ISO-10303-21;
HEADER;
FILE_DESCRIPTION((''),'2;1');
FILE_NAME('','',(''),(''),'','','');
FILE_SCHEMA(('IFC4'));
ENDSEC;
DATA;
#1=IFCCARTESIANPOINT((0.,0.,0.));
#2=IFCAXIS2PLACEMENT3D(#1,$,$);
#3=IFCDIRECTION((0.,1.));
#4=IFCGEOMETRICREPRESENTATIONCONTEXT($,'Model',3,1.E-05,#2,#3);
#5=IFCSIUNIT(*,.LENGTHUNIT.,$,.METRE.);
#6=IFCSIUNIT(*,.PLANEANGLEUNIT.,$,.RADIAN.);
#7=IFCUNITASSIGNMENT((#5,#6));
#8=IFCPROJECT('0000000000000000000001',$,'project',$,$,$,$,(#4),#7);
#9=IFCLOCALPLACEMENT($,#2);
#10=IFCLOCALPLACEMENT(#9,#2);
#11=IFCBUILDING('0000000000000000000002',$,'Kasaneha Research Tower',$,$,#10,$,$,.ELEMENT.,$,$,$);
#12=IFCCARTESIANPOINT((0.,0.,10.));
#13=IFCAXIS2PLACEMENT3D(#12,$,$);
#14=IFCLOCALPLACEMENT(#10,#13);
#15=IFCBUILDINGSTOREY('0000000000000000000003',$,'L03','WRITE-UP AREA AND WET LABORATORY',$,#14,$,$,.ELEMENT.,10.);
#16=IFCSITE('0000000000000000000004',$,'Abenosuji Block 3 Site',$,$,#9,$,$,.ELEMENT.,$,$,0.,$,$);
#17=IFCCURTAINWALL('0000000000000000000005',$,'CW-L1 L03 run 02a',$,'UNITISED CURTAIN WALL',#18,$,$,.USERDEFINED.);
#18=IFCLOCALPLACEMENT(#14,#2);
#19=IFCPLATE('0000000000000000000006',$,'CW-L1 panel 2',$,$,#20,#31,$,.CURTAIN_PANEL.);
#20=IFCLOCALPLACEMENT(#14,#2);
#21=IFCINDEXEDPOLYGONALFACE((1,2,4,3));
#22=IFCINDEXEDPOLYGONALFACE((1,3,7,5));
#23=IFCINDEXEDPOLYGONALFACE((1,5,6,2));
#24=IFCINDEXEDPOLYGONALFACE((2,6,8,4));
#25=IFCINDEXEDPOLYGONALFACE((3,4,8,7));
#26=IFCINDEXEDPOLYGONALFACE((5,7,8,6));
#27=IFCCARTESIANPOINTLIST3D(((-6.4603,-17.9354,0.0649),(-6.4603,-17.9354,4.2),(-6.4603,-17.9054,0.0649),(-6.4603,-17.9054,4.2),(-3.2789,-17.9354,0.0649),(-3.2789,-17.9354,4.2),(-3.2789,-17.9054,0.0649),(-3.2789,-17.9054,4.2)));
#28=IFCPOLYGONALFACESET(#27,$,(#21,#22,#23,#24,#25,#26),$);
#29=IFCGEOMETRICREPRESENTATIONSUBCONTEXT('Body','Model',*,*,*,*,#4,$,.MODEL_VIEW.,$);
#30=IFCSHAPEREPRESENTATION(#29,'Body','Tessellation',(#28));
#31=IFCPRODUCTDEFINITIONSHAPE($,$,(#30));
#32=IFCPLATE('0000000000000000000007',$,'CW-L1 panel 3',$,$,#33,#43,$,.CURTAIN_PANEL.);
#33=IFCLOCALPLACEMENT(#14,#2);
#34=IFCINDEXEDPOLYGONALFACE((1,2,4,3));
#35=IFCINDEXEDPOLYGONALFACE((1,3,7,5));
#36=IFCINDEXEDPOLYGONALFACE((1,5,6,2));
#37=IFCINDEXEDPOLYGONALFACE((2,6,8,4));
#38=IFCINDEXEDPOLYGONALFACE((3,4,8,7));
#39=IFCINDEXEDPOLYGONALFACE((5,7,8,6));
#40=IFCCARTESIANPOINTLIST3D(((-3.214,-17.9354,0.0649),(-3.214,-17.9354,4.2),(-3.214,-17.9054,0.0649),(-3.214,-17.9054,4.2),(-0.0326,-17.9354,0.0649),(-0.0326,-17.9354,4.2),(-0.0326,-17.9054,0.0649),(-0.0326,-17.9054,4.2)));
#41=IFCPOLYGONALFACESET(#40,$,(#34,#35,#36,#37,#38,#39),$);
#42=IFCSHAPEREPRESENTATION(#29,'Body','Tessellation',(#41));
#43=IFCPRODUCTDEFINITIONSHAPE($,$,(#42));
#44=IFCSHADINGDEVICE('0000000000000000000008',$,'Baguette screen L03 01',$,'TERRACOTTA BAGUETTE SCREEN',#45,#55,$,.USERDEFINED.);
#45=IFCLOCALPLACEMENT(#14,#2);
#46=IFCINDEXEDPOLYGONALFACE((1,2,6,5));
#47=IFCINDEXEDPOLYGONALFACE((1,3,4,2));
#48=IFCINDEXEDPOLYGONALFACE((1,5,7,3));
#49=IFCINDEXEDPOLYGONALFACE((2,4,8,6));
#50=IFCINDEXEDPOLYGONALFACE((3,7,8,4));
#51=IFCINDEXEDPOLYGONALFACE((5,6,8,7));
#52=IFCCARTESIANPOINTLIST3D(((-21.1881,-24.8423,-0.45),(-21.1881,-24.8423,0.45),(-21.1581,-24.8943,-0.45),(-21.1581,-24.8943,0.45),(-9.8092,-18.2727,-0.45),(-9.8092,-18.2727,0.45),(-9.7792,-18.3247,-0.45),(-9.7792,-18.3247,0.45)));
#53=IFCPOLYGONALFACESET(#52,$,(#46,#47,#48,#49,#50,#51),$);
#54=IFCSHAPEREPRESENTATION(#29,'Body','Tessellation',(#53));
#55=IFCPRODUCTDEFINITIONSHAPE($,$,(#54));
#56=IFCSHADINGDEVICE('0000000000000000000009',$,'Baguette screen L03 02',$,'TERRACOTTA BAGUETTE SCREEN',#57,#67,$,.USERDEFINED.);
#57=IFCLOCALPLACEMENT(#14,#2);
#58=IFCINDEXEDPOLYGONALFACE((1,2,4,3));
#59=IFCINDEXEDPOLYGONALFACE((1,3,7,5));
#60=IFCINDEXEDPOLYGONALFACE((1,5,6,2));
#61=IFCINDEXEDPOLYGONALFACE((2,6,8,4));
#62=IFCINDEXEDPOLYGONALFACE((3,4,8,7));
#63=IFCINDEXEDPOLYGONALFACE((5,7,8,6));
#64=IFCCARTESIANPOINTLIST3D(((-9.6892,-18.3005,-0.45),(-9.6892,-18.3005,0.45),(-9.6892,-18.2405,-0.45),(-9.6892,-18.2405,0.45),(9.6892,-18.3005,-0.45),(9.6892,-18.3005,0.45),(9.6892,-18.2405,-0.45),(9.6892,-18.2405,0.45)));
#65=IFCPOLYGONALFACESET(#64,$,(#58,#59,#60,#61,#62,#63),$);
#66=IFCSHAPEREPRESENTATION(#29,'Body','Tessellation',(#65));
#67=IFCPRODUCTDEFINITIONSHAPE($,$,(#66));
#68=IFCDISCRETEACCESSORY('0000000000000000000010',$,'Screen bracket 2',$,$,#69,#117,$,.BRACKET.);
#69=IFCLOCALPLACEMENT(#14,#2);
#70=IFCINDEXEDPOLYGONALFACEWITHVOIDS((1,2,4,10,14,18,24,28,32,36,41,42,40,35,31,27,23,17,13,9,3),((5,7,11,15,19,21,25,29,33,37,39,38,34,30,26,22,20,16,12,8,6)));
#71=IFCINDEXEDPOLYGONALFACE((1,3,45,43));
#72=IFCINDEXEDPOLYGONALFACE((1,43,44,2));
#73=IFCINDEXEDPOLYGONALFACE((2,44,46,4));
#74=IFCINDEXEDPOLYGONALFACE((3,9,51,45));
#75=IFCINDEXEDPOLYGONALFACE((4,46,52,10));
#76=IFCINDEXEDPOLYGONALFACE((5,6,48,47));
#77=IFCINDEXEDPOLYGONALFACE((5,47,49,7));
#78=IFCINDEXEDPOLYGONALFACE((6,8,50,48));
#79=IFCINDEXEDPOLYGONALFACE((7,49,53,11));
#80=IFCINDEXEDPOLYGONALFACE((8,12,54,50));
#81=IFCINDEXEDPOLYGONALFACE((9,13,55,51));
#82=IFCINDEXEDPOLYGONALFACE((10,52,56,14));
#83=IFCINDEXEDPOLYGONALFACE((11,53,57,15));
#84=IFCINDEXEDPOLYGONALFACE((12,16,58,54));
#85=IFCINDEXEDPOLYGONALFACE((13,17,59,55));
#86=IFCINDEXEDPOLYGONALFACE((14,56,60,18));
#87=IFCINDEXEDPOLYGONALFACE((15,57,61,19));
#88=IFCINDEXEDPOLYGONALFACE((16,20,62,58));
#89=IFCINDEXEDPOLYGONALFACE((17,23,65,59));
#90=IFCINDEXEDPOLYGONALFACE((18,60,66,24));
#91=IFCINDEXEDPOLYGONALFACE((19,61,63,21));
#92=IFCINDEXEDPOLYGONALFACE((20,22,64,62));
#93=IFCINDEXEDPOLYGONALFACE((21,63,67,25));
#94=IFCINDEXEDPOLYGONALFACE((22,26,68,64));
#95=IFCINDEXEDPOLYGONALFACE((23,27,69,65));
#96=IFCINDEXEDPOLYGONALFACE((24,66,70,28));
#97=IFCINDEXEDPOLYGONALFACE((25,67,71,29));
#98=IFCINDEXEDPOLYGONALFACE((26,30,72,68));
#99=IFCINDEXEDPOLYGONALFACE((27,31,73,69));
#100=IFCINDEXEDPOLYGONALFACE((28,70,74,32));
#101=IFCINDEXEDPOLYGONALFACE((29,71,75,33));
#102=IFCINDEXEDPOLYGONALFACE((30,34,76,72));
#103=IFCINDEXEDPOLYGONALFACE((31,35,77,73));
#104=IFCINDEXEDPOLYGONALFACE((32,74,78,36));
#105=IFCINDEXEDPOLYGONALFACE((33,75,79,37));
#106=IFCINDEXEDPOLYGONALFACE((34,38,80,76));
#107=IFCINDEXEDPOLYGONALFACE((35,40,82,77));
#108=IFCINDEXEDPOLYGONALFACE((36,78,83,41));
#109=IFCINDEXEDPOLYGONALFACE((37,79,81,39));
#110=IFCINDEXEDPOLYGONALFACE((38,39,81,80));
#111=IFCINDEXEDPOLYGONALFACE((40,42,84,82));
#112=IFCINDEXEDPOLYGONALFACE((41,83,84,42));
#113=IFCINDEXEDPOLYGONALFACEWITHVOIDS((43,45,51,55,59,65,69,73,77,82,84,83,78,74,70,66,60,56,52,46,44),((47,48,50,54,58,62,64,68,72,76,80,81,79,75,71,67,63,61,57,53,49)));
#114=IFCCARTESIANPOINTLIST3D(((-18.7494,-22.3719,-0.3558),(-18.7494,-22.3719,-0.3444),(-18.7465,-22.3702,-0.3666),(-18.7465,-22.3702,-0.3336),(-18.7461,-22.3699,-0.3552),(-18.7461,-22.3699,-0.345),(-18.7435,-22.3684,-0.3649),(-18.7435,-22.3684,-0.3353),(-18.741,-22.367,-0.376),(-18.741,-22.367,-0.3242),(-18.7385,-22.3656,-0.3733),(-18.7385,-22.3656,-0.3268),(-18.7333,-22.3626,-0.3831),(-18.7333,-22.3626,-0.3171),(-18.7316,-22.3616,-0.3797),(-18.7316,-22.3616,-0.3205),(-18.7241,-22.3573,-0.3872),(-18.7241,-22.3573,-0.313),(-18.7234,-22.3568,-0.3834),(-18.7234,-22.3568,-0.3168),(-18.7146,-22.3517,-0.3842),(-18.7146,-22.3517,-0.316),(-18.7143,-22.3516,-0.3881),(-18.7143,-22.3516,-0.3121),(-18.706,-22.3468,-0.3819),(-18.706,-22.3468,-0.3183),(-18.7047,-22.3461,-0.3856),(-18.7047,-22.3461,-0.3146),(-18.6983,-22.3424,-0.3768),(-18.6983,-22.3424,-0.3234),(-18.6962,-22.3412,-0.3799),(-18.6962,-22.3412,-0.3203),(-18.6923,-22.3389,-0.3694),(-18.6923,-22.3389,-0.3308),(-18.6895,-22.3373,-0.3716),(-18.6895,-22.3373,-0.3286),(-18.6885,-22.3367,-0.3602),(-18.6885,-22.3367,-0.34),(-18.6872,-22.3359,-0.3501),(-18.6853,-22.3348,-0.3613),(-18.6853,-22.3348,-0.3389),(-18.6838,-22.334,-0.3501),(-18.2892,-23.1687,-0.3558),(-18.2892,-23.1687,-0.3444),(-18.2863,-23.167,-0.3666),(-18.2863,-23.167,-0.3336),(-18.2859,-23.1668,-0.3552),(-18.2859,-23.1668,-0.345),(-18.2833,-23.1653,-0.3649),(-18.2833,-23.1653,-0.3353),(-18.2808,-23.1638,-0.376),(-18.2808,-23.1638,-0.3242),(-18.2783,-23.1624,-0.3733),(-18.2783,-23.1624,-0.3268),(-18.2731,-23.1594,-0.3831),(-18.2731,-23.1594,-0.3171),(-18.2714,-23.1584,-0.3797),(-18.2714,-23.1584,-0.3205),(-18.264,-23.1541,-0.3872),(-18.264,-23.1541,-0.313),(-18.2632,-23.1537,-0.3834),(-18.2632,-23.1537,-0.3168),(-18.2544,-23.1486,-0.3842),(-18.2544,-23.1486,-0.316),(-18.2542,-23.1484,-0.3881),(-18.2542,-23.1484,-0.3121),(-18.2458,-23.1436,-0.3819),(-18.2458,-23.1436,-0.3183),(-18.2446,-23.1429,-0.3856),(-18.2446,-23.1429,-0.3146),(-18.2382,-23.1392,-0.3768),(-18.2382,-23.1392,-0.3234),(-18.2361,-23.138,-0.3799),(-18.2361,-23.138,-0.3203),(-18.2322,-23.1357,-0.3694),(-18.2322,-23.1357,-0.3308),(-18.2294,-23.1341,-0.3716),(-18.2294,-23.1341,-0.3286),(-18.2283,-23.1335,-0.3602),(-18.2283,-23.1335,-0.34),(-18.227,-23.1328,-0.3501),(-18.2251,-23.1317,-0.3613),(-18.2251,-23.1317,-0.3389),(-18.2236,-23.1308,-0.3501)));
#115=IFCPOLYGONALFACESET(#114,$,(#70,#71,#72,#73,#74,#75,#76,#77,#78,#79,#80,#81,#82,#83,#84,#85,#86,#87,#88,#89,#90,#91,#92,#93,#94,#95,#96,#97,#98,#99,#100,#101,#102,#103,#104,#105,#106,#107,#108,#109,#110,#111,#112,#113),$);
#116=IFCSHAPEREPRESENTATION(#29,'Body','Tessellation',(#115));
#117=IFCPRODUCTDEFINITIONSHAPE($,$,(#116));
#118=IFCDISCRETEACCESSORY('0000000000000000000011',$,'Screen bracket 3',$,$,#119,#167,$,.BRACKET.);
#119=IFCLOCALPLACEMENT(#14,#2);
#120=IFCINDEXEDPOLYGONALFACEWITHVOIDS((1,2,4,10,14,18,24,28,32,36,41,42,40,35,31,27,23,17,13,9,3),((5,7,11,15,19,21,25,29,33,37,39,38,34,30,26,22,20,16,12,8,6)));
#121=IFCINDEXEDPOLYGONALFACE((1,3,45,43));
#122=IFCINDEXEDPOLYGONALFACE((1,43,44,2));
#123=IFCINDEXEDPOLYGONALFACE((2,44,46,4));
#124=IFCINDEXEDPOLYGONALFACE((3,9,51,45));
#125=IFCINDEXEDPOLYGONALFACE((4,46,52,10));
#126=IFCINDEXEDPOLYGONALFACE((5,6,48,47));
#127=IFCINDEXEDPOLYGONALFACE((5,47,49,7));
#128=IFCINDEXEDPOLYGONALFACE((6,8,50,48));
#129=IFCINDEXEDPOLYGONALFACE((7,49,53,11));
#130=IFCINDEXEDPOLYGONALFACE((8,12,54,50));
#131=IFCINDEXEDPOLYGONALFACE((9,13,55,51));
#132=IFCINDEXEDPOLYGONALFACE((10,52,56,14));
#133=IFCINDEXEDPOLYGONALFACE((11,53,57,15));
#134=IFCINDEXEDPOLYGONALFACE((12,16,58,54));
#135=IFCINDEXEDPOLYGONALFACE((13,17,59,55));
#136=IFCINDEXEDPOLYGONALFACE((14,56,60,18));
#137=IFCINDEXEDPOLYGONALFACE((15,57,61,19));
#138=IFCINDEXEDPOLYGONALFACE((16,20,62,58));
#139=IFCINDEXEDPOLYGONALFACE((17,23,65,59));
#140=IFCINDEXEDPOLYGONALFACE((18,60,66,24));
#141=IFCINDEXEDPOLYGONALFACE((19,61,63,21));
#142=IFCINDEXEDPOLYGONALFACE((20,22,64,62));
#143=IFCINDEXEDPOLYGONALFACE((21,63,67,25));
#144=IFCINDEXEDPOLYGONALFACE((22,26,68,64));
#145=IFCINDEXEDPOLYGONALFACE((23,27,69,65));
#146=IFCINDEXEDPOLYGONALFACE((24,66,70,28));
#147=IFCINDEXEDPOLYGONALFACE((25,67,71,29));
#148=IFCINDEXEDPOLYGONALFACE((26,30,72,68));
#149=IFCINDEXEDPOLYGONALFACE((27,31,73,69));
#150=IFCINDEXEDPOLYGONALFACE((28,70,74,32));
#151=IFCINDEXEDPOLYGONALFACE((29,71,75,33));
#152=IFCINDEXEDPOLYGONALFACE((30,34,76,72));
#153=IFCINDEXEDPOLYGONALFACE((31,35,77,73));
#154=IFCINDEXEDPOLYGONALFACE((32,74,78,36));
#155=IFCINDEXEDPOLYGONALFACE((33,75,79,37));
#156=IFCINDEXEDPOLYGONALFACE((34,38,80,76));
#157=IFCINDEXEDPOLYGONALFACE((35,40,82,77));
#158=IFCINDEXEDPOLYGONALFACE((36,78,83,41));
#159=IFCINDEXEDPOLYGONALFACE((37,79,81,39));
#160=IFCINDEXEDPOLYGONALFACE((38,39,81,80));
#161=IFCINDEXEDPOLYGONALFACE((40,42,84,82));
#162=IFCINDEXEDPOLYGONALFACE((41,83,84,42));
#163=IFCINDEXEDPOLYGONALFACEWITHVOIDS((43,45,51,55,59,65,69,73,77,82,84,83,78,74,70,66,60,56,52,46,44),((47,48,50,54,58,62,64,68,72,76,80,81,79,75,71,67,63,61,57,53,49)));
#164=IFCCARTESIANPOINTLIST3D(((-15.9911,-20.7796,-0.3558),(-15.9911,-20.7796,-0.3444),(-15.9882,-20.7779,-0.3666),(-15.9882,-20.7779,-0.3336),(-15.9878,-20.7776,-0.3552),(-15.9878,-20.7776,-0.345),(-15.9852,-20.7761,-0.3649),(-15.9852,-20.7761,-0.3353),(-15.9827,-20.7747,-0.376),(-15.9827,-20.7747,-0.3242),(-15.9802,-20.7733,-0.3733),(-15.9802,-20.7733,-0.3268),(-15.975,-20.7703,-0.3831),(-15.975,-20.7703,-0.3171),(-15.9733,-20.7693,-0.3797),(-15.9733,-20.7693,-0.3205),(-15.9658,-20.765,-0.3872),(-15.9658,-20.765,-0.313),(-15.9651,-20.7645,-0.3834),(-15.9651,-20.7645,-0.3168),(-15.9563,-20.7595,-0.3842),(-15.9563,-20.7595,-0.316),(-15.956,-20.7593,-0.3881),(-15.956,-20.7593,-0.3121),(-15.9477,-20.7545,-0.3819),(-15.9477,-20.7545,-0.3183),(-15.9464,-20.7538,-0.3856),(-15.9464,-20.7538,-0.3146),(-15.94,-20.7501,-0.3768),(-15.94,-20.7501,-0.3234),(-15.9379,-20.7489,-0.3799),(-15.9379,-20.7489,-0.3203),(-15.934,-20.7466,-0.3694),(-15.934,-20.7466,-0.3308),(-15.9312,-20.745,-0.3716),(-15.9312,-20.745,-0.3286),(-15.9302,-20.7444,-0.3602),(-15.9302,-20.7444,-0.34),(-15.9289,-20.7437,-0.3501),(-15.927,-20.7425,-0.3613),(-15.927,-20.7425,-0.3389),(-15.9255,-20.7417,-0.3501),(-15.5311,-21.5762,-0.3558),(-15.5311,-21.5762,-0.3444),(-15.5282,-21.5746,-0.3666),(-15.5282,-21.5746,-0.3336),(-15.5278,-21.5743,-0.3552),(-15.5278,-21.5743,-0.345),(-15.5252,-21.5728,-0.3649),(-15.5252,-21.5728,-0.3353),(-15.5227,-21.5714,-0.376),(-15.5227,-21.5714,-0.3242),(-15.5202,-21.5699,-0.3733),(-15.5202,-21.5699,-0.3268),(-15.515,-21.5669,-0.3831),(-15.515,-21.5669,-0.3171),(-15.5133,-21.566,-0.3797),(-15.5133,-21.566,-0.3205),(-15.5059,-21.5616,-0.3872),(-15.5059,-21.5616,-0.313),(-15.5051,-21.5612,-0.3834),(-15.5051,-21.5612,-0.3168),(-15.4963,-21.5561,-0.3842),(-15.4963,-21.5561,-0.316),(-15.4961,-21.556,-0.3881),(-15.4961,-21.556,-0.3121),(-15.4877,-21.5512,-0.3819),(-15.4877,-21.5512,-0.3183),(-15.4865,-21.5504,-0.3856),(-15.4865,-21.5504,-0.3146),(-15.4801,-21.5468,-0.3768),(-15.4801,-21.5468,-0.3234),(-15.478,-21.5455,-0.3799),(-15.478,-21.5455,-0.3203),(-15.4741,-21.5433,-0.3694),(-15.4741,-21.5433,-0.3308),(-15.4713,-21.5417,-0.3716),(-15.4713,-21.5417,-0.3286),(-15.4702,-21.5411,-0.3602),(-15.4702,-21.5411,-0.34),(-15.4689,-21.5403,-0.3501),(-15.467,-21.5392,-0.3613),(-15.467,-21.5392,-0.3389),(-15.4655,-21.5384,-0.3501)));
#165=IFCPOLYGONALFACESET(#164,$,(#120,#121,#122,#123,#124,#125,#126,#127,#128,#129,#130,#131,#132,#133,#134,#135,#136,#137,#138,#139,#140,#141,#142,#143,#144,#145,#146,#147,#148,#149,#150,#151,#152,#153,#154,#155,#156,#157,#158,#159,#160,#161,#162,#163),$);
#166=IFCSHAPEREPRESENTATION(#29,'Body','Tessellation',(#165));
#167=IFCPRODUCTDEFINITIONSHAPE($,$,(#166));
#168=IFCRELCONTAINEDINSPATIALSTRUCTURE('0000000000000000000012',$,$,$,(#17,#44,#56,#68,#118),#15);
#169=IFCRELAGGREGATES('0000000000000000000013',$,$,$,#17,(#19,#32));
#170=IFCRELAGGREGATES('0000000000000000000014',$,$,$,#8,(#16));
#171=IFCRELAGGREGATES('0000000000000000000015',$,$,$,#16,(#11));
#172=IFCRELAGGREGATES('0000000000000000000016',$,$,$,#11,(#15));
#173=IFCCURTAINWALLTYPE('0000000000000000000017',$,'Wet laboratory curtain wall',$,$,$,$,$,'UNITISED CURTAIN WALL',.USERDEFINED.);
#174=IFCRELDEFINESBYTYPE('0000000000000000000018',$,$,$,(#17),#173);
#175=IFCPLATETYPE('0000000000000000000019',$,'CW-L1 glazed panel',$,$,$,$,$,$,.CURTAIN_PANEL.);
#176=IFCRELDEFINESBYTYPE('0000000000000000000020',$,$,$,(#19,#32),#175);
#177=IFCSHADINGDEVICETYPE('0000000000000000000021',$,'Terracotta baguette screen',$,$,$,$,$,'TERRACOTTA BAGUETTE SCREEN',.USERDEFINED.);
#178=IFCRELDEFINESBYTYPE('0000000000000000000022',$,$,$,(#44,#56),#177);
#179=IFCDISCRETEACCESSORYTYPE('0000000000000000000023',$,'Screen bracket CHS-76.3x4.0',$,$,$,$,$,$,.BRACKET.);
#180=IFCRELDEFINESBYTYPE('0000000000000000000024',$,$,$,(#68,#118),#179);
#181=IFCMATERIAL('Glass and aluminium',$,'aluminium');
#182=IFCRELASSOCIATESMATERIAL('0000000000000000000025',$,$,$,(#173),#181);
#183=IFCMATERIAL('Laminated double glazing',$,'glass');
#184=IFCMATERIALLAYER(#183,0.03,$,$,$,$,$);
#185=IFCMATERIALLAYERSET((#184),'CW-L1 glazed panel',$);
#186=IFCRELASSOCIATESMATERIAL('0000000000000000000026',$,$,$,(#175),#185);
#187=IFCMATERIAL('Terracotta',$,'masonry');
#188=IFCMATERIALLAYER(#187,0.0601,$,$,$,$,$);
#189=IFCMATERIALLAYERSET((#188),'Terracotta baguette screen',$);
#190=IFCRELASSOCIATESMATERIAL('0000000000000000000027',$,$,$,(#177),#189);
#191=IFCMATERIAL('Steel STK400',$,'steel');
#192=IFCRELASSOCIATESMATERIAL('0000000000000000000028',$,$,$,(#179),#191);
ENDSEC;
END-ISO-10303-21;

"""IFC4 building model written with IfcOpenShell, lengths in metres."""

from ifc_helpers import new_model, si_unit, direction, frame, origin, origin_2d, place, context, subcontext, project, spatial, rectangle, hollow_circle, extrude, material, layer, layer_set, material_profile, profile_set, type_object, element, aggregate, save


model = new_model("IFC4")

# Units and contexts
model_context = context("Model", 3, precision=1e-05, world=origin(), true_north=direction((0.0, 1.0)))
body_context = subcontext(model_context, "Body", "Model", "MODEL_VIEW")
ifc_project = project(units=[si_unit("LENGTHUNIT", "METRE"), si_unit("PLANEANGLEUNIT", "RADIAN")], contexts=[model_context])

# Site, building, storey
site_placement = place(None, origin())
site = spatial("IfcSite", under=ifc_project, at=site_placement, Name="Abenosuji Block 3 Site", CompositionType="ELEMENT", RefElevation=0.0)
building_placement = place(site_placement, origin())
building = spatial("IfcBuilding", under=site, at=building_placement, Name="Kasaneha Research Tower", CompositionType="ELEMENT")
storey_placement = place(building_placement, frame((0.0, 0.0, 10.0)))
storey = spatial("IfcBuildingStorey", under=building, at=storey_placement, Name="L03", Description="WRITE-UP AREA AND WET LABORATORY", CompositionType="ELEMENT", Elevation=10.0)

# Curtain wall
ifc_material_1 = material(Name="Glass and aluminium", Category="aluminium")
curtain_wall_type = type_object("IfcCurtainWallType", Name="Wet laboratory curtain wall", ElementType="UNITISED CURTAIN WALL", PredefinedType="USERDEFINED", material=ifc_material_1)
curtain_wall_1_placement = place(storey_placement, origin())
curtain_wall_1 = element("IfcCurtainWall", 1, at=curtain_wall_1_placement, inside=storey, type_object=curtain_wall_type, Name="CW-L1 L03 run 02a", ObjectType="UNITISED CURTAIN WALL", PredefinedType="USERDEFINED")

# Plates
ifc_material_2 = material(Name="Laminated double glazing", Category="glass")
ifc_layer_1 = layer(ifc_material_2, 0.03)
ifc_layer_set_1 = layer_set([ifc_layer_1], Name="CW-L1 glazed panel")
plate_type = type_object("IfcPlateType", Name="CW-L1 glazed panel", PredefinedType="CURTAIN_PANEL", material=ifc_layer_set_1)
plate_1_placement = place(storey_placement, frame((-4.8696, -17.9204, 0.0649), z_axis=(0.0, 0.0, 1.0), x_axis=(1.0, 0.0, 0.0)))
plate_1 = element("IfcPlate", 2, at=plate_1_placement, type_object=plate_type, Name="CW-L1 panel 2", PredefinedType="CURTAIN_PANEL", context=body_context, shape_type="SweptSolid", body=[
    extrude(rectangle(XDim=3.1814, YDim=0.03, at=origin_2d()), origin(), (0.0, 0.0, 1.0), 4.135),
])
plate_2_placement = place(storey_placement, frame((-1.6233, -17.9204, 0.0649), z_axis=(0.0, 0.0, 1.0), x_axis=(1.0, 0.0, 0.0)))
plate_2 = element("IfcPlate", 3, at=plate_2_placement, type_object=plate_type, Name="CW-L1 panel 3", PredefinedType="CURTAIN_PANEL", context=body_context, shape_type="SweptSolid", body=[
    extrude(rectangle(XDim=3.1814, YDim=0.03, at=origin_2d()), origin(), (0.0, 0.0, 1.0), 4.135),
])
aggregate(curtain_wall_1, [plate_1, plate_2])

# Shading devices
ifc_material_3 = material(Name="Terracotta", Category="masonry")
ifc_layer_2 = layer(ifc_material_3, 0.0601)
ifc_layer_set_2 = layer_set([ifc_layer_2], Name="Terracotta baguette screen")
shading_device_type = type_object("IfcShadingDeviceType", Name="Terracotta baguette screen", ElementType="TERRACOTTA BAGUETTE SCREEN", PredefinedType="USERDEFINED", material=ifc_layer_set_2)
shading_device_1_placement = place(storey_placement, frame((-15.4836, -21.5835, -0.45), z_axis=(0.0, 0.0, 1.0), x_axis=(0.866025, 0.5, 0.0)))
element("IfcShadingDevice", 4, at=shading_device_1_placement, inside=storey, type_object=shading_device_type, Name="Baguette screen L03 01", ObjectType="TERRACOTTA BAGUETTE SCREEN", PredefinedType="USERDEFINED", context=body_context, shape_type="SweptSolid", body=[
    extrude(rectangle(XDim=13.1392, YDim=0.0601, at=origin_2d()), origin(), (0.0, 0.0, 1.0), 0.8999),
])
shading_device_2_placement = place(storey_placement, frame((0.0, -18.2705, -0.45), z_axis=(0.0, 0.0, 1.0), x_axis=(1.0, 0.0, 0.0)))
element("IfcShadingDevice", 5, at=shading_device_2_placement, inside=storey, type_object=shading_device_type, Name="Baguette screen L03 02", ObjectType="TERRACOTTA BAGUETTE SCREEN", PredefinedType="USERDEFINED", context=body_context, shape_type="SweptSolid", body=[
    extrude(rectangle(XDim=19.3784, YDim=0.0601, at=origin_2d()), origin(), (0.0, 0.0, 1.0), 0.8999),
])

# Discrete accessories
ifc_material_4 = material(Name="Steel STK400", Category="steel")
ifc_material_profile_1 = material_profile(ifc_material_4, hollow_circle(Radius=0.0381, WallThickness=0.0039, at=origin_2d()), Name="CHS-76.3x4.0")
ifc_profile_set_1 = profile_set([ifc_material_profile_1], Name="Steel STK400")
discrete_accessory_type = type_object("IfcDiscreteAccessoryType", Name="Screen bracket CHS-76.3x4.0", PredefinedType="BRACKET", material=ifc_profile_set_1)
discrete_accessory_1_placement = place(storey_placement, frame((-18.7168, -22.353, -0.3501), z_axis=(0.500105, -0.865965, 0.0), x_axis=(0.865965, 0.500105, 0.0)))
element("IfcDiscreteAccessory", 6, at=discrete_accessory_1_placement, inside=storey, type_object=discrete_accessory_type, Name="Screen bracket 2", PredefinedType="BRACKET", context=body_context, shape_type="SweptSolid", body=[
    extrude(hollow_circle(Radius=0.0381, WallThickness=0.0039, at=origin_2d()), origin(), (0.0, 0.0, 1.0), 0.9202),
])
discrete_accessory_2_placement = place(storey_placement, frame((-15.9585, -20.7607, -0.3501), z_axis=(0.500021, -0.866013, 0.0), x_axis=(0.866013, 0.500021, 0.0)))
element("IfcDiscreteAccessory", 7, at=discrete_accessory_2_placement, inside=storey, type_object=discrete_accessory_type, Name="Screen bracket 3", PredefinedType="BRACKET", context=body_context, shape_type="SweptSolid", body=[
    extrude(hollow_circle(Radius=0.0381, WallThickness=0.0039, at=origin_2d()), origin(), (0.0, 0.0, 1.0), 0.9199),
])

save(model, "model.ifc")
